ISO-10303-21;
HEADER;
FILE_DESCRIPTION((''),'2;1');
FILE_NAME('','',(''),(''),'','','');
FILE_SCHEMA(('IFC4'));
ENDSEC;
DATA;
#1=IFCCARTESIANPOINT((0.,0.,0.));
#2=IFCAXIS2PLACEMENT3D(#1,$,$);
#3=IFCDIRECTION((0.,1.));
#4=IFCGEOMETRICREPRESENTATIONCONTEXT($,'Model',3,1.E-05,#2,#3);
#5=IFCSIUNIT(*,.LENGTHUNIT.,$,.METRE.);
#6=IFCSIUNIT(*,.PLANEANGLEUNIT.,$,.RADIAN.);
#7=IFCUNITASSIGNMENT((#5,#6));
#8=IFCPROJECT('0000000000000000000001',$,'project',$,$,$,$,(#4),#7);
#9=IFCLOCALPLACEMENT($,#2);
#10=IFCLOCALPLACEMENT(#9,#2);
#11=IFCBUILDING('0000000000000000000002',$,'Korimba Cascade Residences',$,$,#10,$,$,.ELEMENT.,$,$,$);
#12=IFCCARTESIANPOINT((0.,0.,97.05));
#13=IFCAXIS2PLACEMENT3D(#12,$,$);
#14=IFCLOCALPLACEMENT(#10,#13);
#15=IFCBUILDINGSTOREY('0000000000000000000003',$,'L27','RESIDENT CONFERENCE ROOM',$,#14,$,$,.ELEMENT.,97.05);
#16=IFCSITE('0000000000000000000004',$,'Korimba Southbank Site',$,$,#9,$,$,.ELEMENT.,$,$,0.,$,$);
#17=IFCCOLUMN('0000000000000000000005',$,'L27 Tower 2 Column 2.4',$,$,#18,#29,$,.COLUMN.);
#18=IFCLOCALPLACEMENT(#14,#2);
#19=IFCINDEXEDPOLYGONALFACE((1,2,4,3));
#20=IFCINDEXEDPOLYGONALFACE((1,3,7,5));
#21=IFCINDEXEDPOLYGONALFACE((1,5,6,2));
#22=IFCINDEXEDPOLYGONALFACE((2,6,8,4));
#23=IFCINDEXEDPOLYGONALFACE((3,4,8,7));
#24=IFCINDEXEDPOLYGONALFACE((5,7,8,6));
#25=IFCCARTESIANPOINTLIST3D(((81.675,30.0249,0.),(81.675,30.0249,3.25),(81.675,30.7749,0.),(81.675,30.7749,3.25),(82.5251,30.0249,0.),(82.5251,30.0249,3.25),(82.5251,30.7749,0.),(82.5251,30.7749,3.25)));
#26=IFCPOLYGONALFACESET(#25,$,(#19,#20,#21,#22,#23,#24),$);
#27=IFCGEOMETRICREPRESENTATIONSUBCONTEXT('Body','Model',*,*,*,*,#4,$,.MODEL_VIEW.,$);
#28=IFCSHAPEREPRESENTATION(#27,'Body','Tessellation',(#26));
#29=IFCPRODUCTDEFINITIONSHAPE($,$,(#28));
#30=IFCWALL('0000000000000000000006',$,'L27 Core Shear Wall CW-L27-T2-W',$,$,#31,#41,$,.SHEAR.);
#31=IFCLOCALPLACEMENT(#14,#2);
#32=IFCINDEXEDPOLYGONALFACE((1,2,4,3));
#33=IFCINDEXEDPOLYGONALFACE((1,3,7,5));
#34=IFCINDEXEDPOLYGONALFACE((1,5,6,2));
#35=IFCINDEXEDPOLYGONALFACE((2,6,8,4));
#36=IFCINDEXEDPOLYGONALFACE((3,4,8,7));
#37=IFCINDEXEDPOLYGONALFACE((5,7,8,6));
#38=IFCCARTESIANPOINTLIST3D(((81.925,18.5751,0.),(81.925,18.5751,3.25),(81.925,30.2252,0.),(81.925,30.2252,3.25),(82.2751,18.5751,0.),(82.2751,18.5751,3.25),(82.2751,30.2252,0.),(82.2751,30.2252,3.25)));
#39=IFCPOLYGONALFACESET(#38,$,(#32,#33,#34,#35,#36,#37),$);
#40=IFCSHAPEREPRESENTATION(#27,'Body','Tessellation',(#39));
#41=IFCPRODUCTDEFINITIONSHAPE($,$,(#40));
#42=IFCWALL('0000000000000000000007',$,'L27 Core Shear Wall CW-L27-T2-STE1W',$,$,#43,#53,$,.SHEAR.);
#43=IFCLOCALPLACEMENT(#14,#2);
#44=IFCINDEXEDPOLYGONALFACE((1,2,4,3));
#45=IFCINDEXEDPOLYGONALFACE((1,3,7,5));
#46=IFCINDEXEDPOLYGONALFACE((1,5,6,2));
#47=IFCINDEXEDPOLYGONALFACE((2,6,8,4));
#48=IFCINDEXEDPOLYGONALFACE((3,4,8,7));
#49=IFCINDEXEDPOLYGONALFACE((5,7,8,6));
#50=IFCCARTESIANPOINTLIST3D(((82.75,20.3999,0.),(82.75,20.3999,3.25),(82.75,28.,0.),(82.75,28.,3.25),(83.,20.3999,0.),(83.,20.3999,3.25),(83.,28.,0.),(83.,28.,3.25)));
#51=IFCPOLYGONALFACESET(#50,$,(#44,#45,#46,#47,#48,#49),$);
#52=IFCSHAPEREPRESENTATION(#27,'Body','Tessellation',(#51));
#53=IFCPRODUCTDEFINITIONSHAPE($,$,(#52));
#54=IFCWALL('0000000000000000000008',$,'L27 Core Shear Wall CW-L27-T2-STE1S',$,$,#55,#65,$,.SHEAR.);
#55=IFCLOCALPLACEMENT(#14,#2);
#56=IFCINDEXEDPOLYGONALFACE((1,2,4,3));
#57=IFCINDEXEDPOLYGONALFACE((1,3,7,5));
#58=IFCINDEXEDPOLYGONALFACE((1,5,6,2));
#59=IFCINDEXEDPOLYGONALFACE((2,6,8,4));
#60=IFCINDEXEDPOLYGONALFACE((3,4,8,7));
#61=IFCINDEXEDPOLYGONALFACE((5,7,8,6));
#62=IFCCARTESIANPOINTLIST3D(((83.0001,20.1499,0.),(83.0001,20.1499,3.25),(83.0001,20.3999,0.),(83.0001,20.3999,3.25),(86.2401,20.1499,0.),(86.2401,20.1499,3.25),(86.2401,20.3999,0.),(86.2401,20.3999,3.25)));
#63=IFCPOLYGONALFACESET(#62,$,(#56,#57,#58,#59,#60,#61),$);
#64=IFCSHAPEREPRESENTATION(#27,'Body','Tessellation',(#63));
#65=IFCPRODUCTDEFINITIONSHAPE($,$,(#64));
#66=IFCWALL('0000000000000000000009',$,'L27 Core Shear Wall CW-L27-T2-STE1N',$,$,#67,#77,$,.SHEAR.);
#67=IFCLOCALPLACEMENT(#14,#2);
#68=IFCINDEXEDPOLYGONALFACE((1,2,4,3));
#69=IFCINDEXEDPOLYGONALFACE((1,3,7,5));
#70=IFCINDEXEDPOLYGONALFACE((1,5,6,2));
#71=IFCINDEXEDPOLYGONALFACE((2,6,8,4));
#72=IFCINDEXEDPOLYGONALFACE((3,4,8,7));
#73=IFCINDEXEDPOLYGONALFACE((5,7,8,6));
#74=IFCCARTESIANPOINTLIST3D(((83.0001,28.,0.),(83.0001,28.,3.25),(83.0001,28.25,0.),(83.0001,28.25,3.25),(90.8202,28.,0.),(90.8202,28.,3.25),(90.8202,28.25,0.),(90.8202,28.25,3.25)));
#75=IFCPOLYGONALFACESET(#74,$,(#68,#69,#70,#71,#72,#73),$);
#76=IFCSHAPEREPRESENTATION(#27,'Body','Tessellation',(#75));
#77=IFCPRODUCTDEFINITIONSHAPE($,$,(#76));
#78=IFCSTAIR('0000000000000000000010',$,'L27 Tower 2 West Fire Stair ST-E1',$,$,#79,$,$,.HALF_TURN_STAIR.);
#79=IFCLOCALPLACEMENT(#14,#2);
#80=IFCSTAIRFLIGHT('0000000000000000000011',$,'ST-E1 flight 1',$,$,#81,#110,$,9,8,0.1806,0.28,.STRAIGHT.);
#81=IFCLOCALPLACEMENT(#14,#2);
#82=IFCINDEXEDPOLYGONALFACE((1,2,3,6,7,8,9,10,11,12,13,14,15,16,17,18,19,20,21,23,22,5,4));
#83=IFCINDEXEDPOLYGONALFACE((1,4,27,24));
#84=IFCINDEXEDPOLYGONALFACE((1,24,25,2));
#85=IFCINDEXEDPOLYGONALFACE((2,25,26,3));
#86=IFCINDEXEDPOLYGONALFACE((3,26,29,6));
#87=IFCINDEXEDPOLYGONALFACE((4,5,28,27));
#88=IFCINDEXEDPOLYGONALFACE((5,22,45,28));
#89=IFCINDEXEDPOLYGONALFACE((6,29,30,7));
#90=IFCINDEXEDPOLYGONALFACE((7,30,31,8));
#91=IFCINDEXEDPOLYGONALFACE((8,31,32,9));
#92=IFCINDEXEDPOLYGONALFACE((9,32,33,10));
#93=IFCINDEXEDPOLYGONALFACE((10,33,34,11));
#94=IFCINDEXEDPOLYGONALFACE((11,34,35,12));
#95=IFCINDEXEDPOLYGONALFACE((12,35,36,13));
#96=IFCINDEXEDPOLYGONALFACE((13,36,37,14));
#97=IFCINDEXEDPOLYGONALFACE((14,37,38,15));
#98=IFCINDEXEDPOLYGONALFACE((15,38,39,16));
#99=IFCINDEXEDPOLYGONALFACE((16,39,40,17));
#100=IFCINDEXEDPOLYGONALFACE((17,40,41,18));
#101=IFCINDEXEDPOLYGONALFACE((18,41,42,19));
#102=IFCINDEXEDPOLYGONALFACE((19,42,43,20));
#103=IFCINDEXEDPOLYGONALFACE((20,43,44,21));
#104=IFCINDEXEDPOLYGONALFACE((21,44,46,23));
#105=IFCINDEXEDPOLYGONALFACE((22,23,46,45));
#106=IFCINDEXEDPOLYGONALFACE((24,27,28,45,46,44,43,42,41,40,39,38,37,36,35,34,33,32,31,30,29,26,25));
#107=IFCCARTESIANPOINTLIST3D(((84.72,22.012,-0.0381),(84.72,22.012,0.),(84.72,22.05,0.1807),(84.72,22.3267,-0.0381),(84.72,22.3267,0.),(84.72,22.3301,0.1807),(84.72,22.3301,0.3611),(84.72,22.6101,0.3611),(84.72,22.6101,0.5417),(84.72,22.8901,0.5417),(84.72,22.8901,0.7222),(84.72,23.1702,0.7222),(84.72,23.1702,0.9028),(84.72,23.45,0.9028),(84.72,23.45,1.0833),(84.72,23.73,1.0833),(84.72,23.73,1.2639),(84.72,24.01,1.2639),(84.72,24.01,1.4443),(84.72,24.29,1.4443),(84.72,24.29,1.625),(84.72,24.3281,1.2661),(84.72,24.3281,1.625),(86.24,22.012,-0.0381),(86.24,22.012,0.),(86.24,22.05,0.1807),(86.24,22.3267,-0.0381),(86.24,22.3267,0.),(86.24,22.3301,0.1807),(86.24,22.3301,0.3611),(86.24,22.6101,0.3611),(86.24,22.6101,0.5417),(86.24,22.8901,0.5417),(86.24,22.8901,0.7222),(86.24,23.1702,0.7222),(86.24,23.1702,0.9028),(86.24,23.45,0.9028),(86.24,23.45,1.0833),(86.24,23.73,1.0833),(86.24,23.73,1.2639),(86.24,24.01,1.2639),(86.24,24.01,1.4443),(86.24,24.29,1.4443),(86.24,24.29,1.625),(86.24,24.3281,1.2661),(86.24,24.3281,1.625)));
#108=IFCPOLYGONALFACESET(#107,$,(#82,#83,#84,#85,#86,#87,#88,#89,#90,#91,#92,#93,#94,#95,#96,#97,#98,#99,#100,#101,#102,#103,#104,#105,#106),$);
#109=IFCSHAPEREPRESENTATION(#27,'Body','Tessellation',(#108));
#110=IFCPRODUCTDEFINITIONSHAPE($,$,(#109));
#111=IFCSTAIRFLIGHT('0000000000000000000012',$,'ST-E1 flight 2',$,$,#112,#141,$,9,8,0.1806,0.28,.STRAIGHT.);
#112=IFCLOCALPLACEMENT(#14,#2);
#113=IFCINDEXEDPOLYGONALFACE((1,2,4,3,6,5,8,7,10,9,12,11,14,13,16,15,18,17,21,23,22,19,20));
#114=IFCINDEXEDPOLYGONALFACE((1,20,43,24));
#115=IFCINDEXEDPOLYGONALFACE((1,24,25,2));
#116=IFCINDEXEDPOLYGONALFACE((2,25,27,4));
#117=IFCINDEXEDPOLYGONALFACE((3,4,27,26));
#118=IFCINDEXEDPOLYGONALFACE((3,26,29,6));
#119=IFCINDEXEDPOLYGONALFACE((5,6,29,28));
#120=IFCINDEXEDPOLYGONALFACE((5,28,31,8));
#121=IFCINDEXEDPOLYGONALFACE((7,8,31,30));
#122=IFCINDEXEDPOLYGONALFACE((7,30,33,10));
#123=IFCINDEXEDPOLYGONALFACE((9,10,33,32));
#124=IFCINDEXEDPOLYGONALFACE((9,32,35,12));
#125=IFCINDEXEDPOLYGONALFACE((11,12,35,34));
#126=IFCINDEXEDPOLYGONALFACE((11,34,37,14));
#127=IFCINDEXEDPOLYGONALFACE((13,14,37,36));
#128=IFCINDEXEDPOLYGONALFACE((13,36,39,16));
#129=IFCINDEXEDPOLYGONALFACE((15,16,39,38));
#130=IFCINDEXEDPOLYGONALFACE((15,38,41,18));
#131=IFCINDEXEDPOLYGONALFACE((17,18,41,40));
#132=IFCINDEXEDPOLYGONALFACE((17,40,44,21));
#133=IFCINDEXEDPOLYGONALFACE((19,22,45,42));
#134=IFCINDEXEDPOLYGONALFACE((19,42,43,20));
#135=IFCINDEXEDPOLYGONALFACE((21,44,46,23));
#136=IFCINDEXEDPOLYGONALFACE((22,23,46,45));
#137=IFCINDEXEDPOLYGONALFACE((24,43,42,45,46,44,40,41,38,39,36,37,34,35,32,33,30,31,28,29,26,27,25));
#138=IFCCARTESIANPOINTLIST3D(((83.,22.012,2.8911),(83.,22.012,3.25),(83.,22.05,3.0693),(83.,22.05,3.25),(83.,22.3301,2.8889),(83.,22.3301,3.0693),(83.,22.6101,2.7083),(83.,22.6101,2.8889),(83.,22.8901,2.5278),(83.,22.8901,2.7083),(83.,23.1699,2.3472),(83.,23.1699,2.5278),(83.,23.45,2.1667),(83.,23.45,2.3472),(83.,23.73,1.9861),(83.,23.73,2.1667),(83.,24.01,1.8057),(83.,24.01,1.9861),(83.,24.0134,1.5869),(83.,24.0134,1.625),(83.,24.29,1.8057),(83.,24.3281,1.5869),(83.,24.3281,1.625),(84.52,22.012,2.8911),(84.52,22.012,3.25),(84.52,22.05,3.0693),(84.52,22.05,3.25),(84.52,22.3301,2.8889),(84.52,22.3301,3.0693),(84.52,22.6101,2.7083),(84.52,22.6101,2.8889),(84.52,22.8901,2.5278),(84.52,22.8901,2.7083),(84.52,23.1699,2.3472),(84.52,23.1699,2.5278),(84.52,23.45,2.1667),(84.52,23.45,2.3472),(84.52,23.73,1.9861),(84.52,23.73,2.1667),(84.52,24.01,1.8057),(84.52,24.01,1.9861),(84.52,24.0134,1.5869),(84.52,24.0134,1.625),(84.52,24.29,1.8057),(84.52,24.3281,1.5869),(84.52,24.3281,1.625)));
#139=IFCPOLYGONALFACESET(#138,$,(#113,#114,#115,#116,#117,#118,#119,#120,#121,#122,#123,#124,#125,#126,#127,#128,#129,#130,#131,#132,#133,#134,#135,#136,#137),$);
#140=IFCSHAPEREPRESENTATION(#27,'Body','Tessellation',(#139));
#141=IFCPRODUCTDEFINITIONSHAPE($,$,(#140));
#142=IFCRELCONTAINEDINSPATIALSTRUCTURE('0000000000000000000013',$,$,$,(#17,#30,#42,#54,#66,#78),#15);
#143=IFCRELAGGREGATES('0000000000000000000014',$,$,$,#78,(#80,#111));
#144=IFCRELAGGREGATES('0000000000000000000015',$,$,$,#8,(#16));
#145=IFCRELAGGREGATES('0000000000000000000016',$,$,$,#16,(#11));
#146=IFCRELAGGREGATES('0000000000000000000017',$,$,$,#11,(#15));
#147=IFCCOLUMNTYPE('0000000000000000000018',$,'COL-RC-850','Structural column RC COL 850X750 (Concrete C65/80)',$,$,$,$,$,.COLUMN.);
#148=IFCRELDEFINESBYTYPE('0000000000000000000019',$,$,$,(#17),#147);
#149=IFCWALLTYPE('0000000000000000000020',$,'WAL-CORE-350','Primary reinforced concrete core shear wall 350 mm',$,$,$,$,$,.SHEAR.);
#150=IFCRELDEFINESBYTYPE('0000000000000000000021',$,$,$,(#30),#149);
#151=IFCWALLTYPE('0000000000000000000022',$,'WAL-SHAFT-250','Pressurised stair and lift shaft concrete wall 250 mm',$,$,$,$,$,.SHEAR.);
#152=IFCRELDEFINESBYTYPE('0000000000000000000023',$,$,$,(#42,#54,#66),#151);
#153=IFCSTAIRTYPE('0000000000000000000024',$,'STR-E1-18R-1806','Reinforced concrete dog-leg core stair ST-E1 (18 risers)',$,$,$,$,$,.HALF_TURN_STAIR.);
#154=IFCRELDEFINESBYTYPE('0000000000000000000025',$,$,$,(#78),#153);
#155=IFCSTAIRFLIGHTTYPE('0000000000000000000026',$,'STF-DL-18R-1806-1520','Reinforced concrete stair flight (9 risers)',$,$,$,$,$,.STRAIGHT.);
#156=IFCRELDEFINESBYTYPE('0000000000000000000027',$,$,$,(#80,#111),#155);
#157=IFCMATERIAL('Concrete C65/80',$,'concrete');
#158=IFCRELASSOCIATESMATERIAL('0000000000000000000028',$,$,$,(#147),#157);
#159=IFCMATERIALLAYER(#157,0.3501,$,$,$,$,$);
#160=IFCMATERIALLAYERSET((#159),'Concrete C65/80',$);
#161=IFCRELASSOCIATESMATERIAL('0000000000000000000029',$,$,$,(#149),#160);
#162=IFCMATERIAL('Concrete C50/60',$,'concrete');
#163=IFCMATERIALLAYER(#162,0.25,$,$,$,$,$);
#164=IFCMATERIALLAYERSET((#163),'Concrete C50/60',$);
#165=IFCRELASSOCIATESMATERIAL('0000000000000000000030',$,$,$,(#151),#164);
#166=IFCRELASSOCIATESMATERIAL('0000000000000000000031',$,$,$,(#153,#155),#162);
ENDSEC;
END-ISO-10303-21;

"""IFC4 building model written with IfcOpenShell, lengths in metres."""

from ifc_helpers import new_model, si_unit, direction, frame, frame_2d, origin, origin_2d, place, context, subcontext, project, spatial, polyline, rectangle, outline, extrude, material, layer, layer_set, material_profile, profile_set, type_object, element, aggregate, save


model = new_model("IFC4")

# Units and contexts
model_context = context("Model", 3, precision=1e-05, world=origin(), true_north=direction((0.0, 1.0)))
body_context = subcontext(model_context, "Body", "Model", "MODEL_VIEW")
ifc_project = project(units=[si_unit("LENGTHUNIT", "METRE"), si_unit("PLANEANGLEUNIT", "RADIAN")], contexts=[model_context])

# Site, building, storey
site_placement = place(None, origin())
site = spatial("IfcSite", under=ifc_project, at=site_placement, Name="Korimba Southbank Site", CompositionType="ELEMENT", RefElevation=0.0)
building_placement = place(site_placement, origin())
building = spatial("IfcBuilding", under=site, at=building_placement, Name="Korimba Cascade Residences", CompositionType="ELEMENT")
storey_placement = place(building_placement, frame((0.0, 0.0, 97.05)))
storey = spatial("IfcBuildingStorey", under=building, at=storey_placement, Name="L27", Description="RESIDENT CONFERENCE ROOM", CompositionType="ELEMENT", Elevation=97.05)

# Column
ifc_material_1 = material(Name="Concrete C65/80", Category="concrete")
ifc_material_profile = material_profile(ifc_material_1, rectangle(XDim=0.8501, YDim=0.75, at=origin_2d()), Name="Concrete C65/80")
ifc_profile_set = profile_set([ifc_material_profile], Name="Concrete C65/80")
column_type = type_object("IfcColumnType", Name="COL-RC-850", Description="Structural column RC COL 850X750 (Concrete C65/80)", PredefinedType="COLUMN", material=ifc_profile_set)
column_placement = place(storey_placement, frame((82.1001, 30.3999, 0.0), z_axis=(0.0, 0.0, 1.0), x_axis=(1.0, 0.0, 0.0)))
element("IfcColumn", 1, at=column_placement, inside=storey, type_object=column_type, Name="L27 Tower 2 Column 2.4", PredefinedType="COLUMN", context=body_context, shape_type="SweptSolid", body=[
    extrude(rectangle(XDim=0.8501, YDim=0.75, at=origin_2d()), origin(), (0.0, 0.0, 1.0), 3.25),
])

# Walls
ifc_layer_1 = layer(ifc_material_1, 0.3501)
ifc_layer_set_1 = layer_set([ifc_layer_1], Name="Concrete C65/80")
wall_type_1 = type_object("IfcWallType", Name="WAL-CORE-350", Description="Primary reinforced concrete core shear wall 350 mm", PredefinedType="SHEAR", material=ifc_layer_set_1)
wall_1_placement = place(storey_placement, frame((82.1001, 18.575, 0.0), z_axis=(0.0, 0.0, 1.0), x_axis=(0.0, 1.0, 0.0)))
element("IfcWall", 2, at=wall_1_placement, inside=storey, type_object=wall_type_1, Name="L27 Core Shear Wall CW-L27-T2-W", PredefinedType="SHEAR", context=body_context, shape_type="SweptSolid", body=[
    extrude(rectangle(XDim=11.6501, YDim=0.3501, at=frame_2d((5.8252, 0.0))), origin(), (0.0, 0.0, 1.0), 3.25),
])
ifc_material_2 = material(Name="Concrete C50/60", Category="concrete")
ifc_layer_2 = layer(ifc_material_2, 0.25)
ifc_layer_set_2 = layer_set([ifc_layer_2], Name="Concrete C50/60")
wall_type_2 = type_object("IfcWallType", Name="WAL-SHAFT-250", Description="Pressurised stair and lift shaft concrete wall 250 mm", PredefinedType="SHEAR", material=ifc_layer_set_2)
wall_2_placement = place(storey_placement, frame((82.875, 20.3999, 0.0), z_axis=(0.0, 0.0, 1.0), x_axis=(0.0, 1.0, 0.0)))
element("IfcWall", 3, at=wall_2_placement, inside=storey, type_object=wall_type_2, Name="L27 Core Shear Wall CW-L27-T2-STE1W", PredefinedType="SHEAR", context=body_context, shape_type="SweptSolid", body=[
    extrude(rectangle(XDim=7.6001, YDim=0.25, at=frame_2d((3.8, 0.0))), origin(), (0.0, 0.0, 1.0), 3.25),
])
wall_3_placement = place(storey_placement, frame((83.0, 20.2749, 0.0), z_axis=(0.0, 0.0, 1.0), x_axis=(1.0, 0.0, 0.0)))
element("IfcWall", 4, at=wall_3_placement, inside=storey, type_object=wall_type_2, Name="L27 Core Shear Wall CW-L27-T2-STE1S", PredefinedType="SHEAR", context=body_context, shape_type="SweptSolid", body=[
    extrude(rectangle(XDim=3.24, YDim=0.25, at=frame_2d((1.6201, 0.0))), origin(), (0.0, 0.0, 1.0), 3.25),
])
wall_4_placement = place(storey_placement, frame((83.0, 28.125, 0.0), z_axis=(0.0, 0.0, 1.0), x_axis=(1.0, 0.0, 0.0)))
element("IfcWall", 5, at=wall_4_placement, inside=storey, type_object=wall_type_2, Name="L27 Core Shear Wall CW-L27-T2-STE1N", PredefinedType="SHEAR", context=body_context, shape_type="SweptSolid", body=[
    extrude(rectangle(XDim=7.8201, YDim=0.25, at=frame_2d((3.9102, 0.0))), origin(), (0.0, 0.0, 1.0), 3.25),
])

# Stair, stair flights
stair_type = type_object("IfcStairType", Name="STR-E1-18R-1806", Description="Reinforced concrete dog-leg core stair ST-E1 (18 risers)", PredefinedType="HALF_TURN_STAIR", material=ifc_material_2)
stair_placement = place(storey_placement, origin())
stair = element("IfcStair", 6, at=stair_placement, inside=storey, type_object=stair_type, Name="L27 Tower 2 West Fire Stair ST-E1", PredefinedType="HALF_TURN_STAIR")
stair_flight_type = type_object("IfcStairFlightType", Name="STF-DL-18R-1806-1520", Description="Reinforced concrete stair flight (9 risers)", PredefinedType="STRAIGHT", material=ifc_material_2)
stair_flight_1_placement = place(storey_placement, frame((85.48, 22.05, 0.0), z_axis=(0.0, 0.0, 1.0), x_axis=(0.0, 1.0, 0.0)))
stair_flight_1 = element("IfcStairFlight", 7, at=stair_flight_1_placement, type_object=stair_flight_type, Name="ST-E1 flight 1", NumberOfRisers=9, NumberOfTreads=8, PredefinedType="STRAIGHT", RiserHeight=0.1806, TreadLength=0.28, context=body_context, shape_type="SweptSolid", body=[
    extrude(outline(polyline([(-0.0381, 0.0), (0.0, 0.1807), (0.28, 0.1807), (0.28, 0.3611), (0.5601, 0.3611), (0.5601, 0.5417), (0.8401, 0.5417), (0.8401, 0.7222), (1.1201, 0.7222), (1.1201, 0.9028), (1.3999, 0.9028), (1.3999, 1.0833), (1.6799, 1.0833), (1.6799, 1.2639), (1.96, 1.2639), (1.96, 1.4443), (2.24, 1.4443), (2.24, 1.625), (2.2781, 1.625), (2.2781, 1.2661), (0.2766, 0.0), (0.2766, -0.0381), (-0.0381, -0.0381), (-0.0381, 0.0)])), frame((0.0, 0.76, 0.0), z_axis=(0.0, -1.0, 0.0), x_axis=(1.0, 0.0, 0.0)), (0.0, 0.0, 1.0), 1.52),
])
stair_flight_2_placement = place(storey_placement, frame((83.76, 24.29, 1.625), z_axis=(0.0, 0.0, 1.0), x_axis=(0.0, -1.0, 0.0)))
stair_flight_2 = element("IfcStairFlight", 8, at=stair_flight_2_placement, type_object=stair_flight_type, Name="ST-E1 flight 2", NumberOfRisers=9, NumberOfTreads=8, PredefinedType="STRAIGHT", RiserHeight=0.1806, TreadLength=0.28, context=body_context, shape_type="SweptSolid", body=[
    extrude(outline(polyline([(-0.0381, 0.0), (0.0, 0.1807), (0.28, 0.1807), (0.28, 0.3611), (0.5601, 0.3611), (0.5601, 0.5417), (0.8401, 0.5417), (0.8401, 0.7222), (1.1201, 0.7222), (1.1201, 0.9028), (1.3999, 0.9028), (1.3999, 1.0833), (1.6799, 1.0833), (1.6799, 1.2639), (1.96, 1.2639), (1.96, 1.4443), (2.24, 1.4443), (2.24, 1.625), (2.2781, 1.625), (2.2781, 1.2661), (0.2766, 0.0), (0.2766, -0.0381), (-0.0381, -0.0381), (-0.0381, 0.0)])), frame((0.0, 0.76, 0.0), z_axis=(0.0, -1.0, 0.0), x_axis=(1.0, 0.0, 0.0)), (0.0, 0.0, 1.0), 1.52),
])
aggregate(stair, [stair_flight_1, stair_flight_2])

save(model, "model.ifc")
